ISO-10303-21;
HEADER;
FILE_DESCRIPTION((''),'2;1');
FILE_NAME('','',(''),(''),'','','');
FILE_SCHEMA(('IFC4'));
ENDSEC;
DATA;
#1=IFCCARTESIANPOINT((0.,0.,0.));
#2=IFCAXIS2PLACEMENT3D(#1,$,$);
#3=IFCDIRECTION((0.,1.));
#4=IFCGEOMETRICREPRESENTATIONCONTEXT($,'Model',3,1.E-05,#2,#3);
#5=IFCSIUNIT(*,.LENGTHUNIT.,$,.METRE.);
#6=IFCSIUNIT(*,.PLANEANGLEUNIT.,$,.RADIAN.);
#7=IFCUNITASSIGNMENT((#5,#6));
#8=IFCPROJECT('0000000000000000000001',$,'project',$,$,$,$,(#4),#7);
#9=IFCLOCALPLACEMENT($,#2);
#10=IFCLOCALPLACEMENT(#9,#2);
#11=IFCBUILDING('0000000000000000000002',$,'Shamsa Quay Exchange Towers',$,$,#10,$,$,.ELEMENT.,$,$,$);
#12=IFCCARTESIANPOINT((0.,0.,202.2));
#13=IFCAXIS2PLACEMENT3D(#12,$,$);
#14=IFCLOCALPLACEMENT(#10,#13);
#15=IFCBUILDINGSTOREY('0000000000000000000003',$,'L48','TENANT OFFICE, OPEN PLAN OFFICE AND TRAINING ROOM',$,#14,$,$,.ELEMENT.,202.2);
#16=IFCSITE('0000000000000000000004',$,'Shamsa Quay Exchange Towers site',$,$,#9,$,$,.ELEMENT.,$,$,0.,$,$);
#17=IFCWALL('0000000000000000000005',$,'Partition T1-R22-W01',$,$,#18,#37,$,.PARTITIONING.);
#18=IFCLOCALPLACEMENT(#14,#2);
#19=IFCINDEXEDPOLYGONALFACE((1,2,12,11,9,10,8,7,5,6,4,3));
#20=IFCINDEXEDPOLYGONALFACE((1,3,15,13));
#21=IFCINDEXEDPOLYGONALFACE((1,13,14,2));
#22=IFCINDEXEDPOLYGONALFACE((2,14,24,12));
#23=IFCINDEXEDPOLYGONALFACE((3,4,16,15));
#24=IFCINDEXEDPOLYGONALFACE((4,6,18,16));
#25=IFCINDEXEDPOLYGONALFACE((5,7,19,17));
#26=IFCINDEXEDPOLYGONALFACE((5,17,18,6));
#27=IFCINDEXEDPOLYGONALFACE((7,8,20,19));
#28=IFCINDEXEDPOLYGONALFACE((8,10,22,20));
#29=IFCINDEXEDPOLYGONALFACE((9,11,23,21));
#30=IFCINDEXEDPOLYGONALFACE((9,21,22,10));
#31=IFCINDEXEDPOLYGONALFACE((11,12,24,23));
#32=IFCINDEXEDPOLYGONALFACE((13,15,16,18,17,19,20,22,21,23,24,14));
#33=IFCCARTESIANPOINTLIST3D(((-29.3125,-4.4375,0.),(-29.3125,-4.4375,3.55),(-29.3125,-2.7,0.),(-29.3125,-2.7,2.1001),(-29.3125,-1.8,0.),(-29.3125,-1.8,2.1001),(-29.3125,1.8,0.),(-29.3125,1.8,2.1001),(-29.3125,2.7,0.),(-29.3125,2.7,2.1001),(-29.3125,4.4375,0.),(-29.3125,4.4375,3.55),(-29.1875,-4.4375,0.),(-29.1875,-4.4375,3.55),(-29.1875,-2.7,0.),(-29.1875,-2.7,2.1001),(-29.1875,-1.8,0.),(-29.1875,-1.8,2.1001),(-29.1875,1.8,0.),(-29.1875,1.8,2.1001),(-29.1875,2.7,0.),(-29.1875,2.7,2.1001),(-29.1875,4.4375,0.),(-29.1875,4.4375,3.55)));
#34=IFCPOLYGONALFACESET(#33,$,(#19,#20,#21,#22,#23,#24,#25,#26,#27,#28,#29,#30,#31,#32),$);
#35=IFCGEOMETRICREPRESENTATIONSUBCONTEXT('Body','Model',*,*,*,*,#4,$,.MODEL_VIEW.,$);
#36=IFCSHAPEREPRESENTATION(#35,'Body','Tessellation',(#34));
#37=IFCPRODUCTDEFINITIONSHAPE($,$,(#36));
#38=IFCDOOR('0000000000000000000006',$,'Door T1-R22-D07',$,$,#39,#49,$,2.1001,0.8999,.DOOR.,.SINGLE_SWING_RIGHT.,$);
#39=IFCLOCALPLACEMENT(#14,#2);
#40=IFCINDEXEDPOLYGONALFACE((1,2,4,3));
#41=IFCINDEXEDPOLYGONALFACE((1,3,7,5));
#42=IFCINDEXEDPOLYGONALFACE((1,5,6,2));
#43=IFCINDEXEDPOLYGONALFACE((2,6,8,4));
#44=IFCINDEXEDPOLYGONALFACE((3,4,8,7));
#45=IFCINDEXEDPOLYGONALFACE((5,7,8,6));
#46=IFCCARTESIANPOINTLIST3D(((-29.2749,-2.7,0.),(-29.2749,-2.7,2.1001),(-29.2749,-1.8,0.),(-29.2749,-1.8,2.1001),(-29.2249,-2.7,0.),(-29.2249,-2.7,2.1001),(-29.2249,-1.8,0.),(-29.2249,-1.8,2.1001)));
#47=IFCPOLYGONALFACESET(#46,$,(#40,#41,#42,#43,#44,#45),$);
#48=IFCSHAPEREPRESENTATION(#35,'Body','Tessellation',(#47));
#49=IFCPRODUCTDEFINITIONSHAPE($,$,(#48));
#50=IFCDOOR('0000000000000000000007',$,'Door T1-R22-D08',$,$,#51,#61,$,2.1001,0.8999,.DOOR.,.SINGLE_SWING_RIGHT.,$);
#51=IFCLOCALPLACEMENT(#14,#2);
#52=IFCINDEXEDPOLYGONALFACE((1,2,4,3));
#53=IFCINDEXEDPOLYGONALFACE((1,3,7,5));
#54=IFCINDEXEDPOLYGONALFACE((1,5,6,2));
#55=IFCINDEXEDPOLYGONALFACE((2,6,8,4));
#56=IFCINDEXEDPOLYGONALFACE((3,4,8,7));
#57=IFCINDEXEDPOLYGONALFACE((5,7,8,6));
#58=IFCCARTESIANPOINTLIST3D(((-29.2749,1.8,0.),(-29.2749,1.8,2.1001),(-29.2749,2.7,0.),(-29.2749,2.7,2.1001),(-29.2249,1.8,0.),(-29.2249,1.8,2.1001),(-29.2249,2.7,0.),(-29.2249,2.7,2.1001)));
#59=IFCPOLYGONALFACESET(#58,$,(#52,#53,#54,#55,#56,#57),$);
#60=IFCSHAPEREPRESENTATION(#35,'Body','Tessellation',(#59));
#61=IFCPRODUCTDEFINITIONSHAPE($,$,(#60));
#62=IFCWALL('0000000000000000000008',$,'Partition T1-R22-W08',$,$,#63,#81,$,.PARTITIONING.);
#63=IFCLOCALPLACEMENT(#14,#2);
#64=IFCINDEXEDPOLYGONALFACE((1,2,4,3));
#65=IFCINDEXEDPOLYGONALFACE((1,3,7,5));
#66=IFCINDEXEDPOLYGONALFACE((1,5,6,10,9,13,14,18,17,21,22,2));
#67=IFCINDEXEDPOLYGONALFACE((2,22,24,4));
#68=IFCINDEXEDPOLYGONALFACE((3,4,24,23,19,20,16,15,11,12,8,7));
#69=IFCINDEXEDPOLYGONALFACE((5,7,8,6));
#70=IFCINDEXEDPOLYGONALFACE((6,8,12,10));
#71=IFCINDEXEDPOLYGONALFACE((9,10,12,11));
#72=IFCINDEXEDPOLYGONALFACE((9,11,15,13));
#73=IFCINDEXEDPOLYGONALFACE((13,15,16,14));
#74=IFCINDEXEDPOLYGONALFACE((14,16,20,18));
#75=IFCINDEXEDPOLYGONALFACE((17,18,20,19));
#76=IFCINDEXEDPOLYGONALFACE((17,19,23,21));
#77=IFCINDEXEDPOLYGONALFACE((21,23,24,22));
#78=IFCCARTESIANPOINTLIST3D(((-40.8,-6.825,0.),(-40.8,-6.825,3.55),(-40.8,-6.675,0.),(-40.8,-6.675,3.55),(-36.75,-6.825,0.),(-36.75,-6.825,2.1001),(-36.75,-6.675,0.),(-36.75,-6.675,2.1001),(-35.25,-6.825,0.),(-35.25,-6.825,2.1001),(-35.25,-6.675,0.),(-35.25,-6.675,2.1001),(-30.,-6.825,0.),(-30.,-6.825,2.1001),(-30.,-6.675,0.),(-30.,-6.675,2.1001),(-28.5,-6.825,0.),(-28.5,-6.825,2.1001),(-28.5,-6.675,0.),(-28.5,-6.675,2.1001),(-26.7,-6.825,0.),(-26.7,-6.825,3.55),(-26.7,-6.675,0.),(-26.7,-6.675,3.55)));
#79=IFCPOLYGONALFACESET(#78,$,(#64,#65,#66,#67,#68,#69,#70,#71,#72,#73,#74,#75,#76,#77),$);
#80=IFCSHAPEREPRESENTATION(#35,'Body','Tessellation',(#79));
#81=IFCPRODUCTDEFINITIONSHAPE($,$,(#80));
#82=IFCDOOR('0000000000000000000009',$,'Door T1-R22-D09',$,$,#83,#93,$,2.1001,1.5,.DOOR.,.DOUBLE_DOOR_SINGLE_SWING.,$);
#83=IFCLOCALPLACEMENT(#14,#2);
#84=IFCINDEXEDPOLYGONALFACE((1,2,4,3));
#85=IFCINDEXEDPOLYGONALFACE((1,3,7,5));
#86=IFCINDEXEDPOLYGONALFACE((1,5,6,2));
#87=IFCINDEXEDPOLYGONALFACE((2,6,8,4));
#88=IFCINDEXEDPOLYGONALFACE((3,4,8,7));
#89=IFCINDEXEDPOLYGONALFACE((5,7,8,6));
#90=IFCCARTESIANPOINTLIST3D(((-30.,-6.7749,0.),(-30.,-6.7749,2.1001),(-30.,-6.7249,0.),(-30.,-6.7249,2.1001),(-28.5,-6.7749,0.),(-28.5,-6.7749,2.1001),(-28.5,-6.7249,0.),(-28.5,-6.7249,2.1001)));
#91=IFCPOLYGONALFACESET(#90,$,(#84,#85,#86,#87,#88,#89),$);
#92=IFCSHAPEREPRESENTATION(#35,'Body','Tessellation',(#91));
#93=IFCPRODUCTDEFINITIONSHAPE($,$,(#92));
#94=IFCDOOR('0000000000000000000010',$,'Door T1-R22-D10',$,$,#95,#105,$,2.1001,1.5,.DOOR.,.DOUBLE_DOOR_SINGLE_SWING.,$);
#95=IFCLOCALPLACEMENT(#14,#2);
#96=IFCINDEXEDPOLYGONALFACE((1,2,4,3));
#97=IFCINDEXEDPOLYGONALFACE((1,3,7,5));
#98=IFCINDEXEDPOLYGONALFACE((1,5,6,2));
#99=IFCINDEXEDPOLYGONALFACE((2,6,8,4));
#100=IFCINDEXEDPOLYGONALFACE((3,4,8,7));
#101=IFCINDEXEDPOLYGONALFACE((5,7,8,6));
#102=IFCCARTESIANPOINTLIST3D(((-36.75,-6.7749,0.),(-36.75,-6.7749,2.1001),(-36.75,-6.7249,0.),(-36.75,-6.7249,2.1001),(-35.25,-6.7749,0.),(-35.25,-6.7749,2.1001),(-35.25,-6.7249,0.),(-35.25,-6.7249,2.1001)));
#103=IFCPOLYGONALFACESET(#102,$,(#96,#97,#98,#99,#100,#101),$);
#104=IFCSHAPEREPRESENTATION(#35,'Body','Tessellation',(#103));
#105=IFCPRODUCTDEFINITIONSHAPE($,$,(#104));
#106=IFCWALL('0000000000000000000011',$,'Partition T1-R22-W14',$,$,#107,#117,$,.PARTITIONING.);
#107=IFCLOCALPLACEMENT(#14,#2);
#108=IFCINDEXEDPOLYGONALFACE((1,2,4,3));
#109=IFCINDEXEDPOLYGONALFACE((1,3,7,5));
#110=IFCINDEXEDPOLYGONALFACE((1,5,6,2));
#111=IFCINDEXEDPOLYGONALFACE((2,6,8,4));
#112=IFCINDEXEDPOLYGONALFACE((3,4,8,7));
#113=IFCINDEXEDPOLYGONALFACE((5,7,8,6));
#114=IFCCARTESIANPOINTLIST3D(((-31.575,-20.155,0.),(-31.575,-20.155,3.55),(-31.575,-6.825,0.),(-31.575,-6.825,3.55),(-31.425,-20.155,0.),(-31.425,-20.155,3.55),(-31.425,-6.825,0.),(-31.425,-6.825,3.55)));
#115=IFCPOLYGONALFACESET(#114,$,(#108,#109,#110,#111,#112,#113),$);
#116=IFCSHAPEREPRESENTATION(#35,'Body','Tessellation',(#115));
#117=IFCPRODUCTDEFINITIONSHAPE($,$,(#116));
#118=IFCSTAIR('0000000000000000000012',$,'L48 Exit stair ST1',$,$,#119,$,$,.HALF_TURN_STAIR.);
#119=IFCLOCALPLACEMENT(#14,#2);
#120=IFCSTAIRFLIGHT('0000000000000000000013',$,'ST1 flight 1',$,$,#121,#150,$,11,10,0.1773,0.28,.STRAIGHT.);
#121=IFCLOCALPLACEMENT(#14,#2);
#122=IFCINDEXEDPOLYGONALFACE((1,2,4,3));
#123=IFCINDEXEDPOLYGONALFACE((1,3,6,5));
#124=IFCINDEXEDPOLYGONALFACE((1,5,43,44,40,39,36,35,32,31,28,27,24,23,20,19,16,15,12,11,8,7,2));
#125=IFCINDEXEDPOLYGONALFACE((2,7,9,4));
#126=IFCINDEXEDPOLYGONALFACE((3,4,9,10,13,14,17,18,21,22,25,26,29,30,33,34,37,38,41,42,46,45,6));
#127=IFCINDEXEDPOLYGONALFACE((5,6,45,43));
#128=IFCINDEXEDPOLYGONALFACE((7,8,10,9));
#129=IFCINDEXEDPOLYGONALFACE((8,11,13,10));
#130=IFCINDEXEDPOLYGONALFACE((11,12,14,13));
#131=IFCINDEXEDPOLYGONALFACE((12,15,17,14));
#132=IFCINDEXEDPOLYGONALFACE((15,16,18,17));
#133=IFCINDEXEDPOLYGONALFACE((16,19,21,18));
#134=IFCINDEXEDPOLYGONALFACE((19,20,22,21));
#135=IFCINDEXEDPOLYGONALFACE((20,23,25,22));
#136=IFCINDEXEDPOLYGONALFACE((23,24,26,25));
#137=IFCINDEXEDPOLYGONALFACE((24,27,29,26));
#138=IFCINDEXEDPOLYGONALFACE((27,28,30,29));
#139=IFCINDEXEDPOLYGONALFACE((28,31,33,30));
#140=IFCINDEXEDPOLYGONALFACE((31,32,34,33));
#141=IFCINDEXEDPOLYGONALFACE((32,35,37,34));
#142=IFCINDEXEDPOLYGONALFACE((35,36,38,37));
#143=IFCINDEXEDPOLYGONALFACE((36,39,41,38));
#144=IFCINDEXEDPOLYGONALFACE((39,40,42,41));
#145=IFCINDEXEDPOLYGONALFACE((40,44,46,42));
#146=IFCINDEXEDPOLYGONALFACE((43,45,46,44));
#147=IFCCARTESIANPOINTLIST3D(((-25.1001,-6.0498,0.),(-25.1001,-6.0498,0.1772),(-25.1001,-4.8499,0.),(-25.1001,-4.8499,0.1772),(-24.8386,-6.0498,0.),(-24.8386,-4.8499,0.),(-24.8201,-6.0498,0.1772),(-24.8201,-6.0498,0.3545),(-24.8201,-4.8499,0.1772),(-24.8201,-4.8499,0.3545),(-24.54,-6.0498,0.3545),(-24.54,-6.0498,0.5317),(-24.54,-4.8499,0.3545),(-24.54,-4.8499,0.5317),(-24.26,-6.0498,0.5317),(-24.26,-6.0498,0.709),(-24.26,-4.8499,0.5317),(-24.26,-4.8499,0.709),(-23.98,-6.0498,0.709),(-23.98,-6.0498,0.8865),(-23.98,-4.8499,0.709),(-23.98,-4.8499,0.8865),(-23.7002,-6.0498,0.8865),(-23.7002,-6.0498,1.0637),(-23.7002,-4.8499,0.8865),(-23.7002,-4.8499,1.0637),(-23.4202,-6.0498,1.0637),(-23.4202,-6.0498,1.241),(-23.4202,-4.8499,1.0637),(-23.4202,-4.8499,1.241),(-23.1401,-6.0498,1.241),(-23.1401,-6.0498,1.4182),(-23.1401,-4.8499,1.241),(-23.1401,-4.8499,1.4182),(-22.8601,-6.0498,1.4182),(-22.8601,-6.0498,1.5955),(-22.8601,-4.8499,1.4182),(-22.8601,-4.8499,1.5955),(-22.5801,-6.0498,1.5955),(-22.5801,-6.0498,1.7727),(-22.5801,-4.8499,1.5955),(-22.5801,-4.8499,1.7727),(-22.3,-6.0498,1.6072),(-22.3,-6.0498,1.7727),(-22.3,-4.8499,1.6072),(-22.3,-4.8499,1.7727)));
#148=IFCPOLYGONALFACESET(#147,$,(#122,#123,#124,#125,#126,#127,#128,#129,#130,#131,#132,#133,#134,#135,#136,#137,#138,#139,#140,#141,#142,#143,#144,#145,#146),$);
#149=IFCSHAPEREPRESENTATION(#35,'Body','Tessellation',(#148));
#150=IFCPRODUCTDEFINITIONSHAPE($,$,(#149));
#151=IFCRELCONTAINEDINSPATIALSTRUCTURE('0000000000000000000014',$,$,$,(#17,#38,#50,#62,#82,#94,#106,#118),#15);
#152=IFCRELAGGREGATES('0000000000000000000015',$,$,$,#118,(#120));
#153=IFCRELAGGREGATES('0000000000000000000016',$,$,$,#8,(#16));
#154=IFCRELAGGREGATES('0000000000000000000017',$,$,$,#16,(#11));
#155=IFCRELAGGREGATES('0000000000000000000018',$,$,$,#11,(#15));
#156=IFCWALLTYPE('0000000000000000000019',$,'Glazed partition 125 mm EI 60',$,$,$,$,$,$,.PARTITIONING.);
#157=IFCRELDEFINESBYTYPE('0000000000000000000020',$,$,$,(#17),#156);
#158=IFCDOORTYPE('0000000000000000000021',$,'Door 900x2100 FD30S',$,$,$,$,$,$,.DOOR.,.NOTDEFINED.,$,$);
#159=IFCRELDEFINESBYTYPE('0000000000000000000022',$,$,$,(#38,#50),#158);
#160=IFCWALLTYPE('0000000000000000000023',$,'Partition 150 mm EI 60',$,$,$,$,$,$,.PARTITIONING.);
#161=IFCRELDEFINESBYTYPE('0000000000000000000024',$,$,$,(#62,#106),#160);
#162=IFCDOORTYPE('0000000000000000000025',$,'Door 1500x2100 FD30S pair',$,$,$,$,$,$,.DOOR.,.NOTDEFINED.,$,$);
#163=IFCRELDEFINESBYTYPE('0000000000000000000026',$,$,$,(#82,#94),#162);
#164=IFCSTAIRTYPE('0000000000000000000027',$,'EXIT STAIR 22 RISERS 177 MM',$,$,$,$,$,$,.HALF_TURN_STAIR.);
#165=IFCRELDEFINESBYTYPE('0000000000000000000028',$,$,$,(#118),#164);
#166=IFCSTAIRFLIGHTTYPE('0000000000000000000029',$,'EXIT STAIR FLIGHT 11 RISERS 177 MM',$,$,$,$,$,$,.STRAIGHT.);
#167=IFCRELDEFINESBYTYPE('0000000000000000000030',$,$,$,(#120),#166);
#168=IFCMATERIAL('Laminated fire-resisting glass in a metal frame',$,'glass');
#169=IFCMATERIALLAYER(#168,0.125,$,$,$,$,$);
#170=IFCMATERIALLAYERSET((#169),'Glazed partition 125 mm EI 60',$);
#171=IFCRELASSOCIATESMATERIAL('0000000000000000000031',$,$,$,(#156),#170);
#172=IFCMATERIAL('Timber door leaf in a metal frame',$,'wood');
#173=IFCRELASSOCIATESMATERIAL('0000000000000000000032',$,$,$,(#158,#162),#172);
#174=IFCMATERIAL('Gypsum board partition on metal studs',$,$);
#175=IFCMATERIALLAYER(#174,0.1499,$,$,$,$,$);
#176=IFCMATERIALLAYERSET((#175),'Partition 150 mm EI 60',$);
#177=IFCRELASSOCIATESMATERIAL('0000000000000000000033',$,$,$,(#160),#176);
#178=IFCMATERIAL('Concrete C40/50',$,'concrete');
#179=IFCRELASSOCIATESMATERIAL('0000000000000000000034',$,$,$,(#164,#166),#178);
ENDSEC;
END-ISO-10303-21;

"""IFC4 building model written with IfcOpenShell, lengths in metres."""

from ifc_helpers import new_model, si_unit, direction, frame, frame_2d, origin, place, context, subcontext, project, spatial, polyline, rectangle, outline, extrude, material, layer, layer_set, type_object, element, fill, aggregate, save


model = new_model("IFC4")

# Units and contexts
model_context = context("Model", 3, precision=1e-05, world=origin(), true_north=direction((0.0, 1.0)))
body_context = subcontext(model_context, "Body", "Model", "MODEL_VIEW")
ifc_project = project(units=[si_unit("LENGTHUNIT", "METRE"), si_unit("PLANEANGLEUNIT", "RADIAN")], contexts=[model_context])

# Site, building, storey
site_placement = place(None, origin())
site = spatial("IfcSite", under=ifc_project, at=site_placement, Name="Shamsa Quay Exchange Towers site", CompositionType="ELEMENT", RefElevation=0.0)
building_placement = place(site_placement, origin())
building = spatial("IfcBuilding", under=site, at=building_placement, Name="Shamsa Quay Exchange Towers", CompositionType="ELEMENT")
storey_placement = place(building_placement, frame((0.0, 0.0, 202.2)))
storey = spatial("IfcBuildingStorey", under=building, at=storey_placement, Name="L48", Description="TENANT OFFICE, OPEN PLAN OFFICE AND TRAINING ROOM", CompositionType="ELEMENT", Elevation=202.2)

# Walls, openings, doors
ifc_material_1 = material(Name="Laminated fire-resisting glass in a metal frame", Category="glass")
ifc_layer_1 = layer(ifc_material_1, 0.125)
ifc_layer_set_1 = layer_set([ifc_layer_1], Name="Glazed partition 125 mm EI 60")
wall_type_1 = type_object("IfcWallType", Name="Glazed partition 125 mm EI 60", PredefinedType="PARTITIONING", material=ifc_layer_set_1)
wall_1_placement = place(storey_placement, frame((-29.25, -4.4375, 0.0), z_axis=(0.0, 0.0, 1.0), x_axis=(0.0, 1.0, 0.0)))
wall_1 = element("IfcWall", 1, at=wall_1_placement, inside=storey, type_object=wall_type_1, Name="Partition T1-R22-W01", PredefinedType="PARTITIONING", context=body_context, shape_type="SweptSolid", body=[
    extrude(rectangle(XDim=8.875, YDim=0.125, at=frame_2d((4.4375, 0.0))), origin(), (0.0, 0.0, 1.0), 3.55),
])
opening_1_placement = place(wall_1_placement, frame((1.7375, 0.0, 0.0)))
opening_1 = element("IfcOpeningElement", 2, at=opening_1_placement, cuts=wall_1, PredefinedType="OPENING", context=body_context, shape_type="SweptSolid", body=[
    extrude(rectangle(XDim=0.8999, YDim=2.1001, at=frame_2d((0.45, 1.05))), frame((0.0, 0.0725, 0.0), z_axis=(0.0, -1.0, 0.0), x_axis=(1.0, 0.0, 0.0)), (0.0, 0.0, 1.0), 0.145),
])
opening_2_placement = place(wall_1_placement, frame((6.2375, 0.0, 0.0)))
opening_2 = element("IfcOpeningElement", 3, at=opening_2_placement, cuts=wall_1, PredefinedType="OPENING", context=body_context, shape_type="SweptSolid", body=[
    extrude(rectangle(XDim=0.8999, YDim=2.1001, at=frame_2d((0.45, 1.05))), frame((0.0, 0.0725, 0.0), z_axis=(0.0, -1.0, 0.0), x_axis=(1.0, 0.0, 0.0)), (0.0, 0.0, 1.0), 0.145),
])
ifc_material_2 = material(Name="Timber door leaf in a metal frame", Category="wood")
door_type_1 = type_object("IfcDoorType", Name="Door 900x2100 FD30S", OperationType="NOTDEFINED", PredefinedType="DOOR", material=ifc_material_2)
door_1_placement = place(opening_1_placement, origin())
door_1 = element("IfcDoor", 4, at=door_1_placement, inside=storey, type_object=door_type_1, Name="Door T1-R22-D07", OperationType="SINGLE_SWING_RIGHT", OverallHeight=2.1001, OverallWidth=0.8999, PredefinedType="DOOR", context=body_context, shape_type="SweptSolid", body=[
    extrude(rectangle(XDim=0.8999, YDim=2.1001, at=frame_2d((0.45, 1.05))), frame((0.0, 0.0249, 0.0), z_axis=(0.0, -1.0, 0.0), x_axis=(1.0, 0.0, 0.0)), (0.0, 0.0, 1.0), 0.05),
])
fill(opening_1, door_1)
door_2_placement = place(opening_2_placement, origin())
door_2 = element("IfcDoor", 5, at=door_2_placement, inside=storey, type_object=door_type_1, Name="Door T1-R22-D08", OperationType="SINGLE_SWING_RIGHT", OverallHeight=2.1001, OverallWidth=0.8999, PredefinedType="DOOR", context=body_context, shape_type="SweptSolid", body=[
    extrude(rectangle(XDim=0.8999, YDim=2.1001, at=frame_2d((0.45, 1.05))), frame((0.0, 0.0249, 0.0), z_axis=(0.0, -1.0, 0.0), x_axis=(1.0, 0.0, 0.0)), (0.0, 0.0, 1.0), 0.05),
])
fill(opening_2, door_2)
ifc_material_3 = material(Name="Gypsum board partition on metal studs")
ifc_layer_2 = layer(ifc_material_3, 0.1499)
ifc_layer_set_2 = layer_set([ifc_layer_2], Name="Partition 150 mm EI 60")
wall_type_2 = type_object("IfcWallType", Name="Partition 150 mm EI 60", PredefinedType="PARTITIONING", material=ifc_layer_set_2)
wall_2_placement = place(storey_placement, frame((-26.7, -6.75, 0.0), z_axis=(0.0, 0.0, 1.0), x_axis=(-1.0, 0.0, 0.0)))
wall_2 = element("IfcWall", 6, at=wall_2_placement, inside=storey, type_object=wall_type_2, Name="Partition T1-R22-W08", PredefinedType="PARTITIONING", context=body_context, shape_type="SweptSolid", body=[
    extrude(rectangle(XDim=14.1001, YDim=0.1499, at=frame_2d((7.05, 0.0))), origin(), (0.0, 0.0, 1.0), 3.55),
])
opening_3_placement = place(wall_2_placement, frame((1.8, 0.0, 0.0)))
opening_3 = element("IfcOpeningElement", 7, at=opening_3_placement, cuts=wall_2, PredefinedType="OPENING", context=body_context, shape_type="SweptSolid", body=[
    extrude(rectangle(XDim=1.5, YDim=2.1001, at=frame_2d((0.75, 1.05))), frame((0.0, 0.085, 0.0), z_axis=(0.0, -1.0, 0.0), x_axis=(1.0, 0.0, 0.0)), (0.0, 0.0, 1.0), 0.1699),
])
opening_4_placement = place(wall_2_placement, frame((8.55, 0.0, 0.0)))
opening_4 = element("IfcOpeningElement", 8, at=opening_4_placement, cuts=wall_2, PredefinedType="OPENING", context=body_context, shape_type="SweptSolid", body=[
    extrude(rectangle(XDim=1.5, YDim=2.1001, at=frame_2d((0.75, 1.05))), frame((0.0, 0.085, 0.0), z_axis=(0.0, -1.0, 0.0), x_axis=(1.0, 0.0, 0.0)), (0.0, 0.0, 1.0), 0.1699),
])
door_type_2 = type_object("IfcDoorType", Name="Door 1500x2100 FD30S pair", OperationType="NOTDEFINED", PredefinedType="DOOR", material=ifc_material_2)
door_3_placement = place(opening_3_placement, origin())
door_3 = element("IfcDoor", 9, at=door_3_placement, inside=storey, type_object=door_type_2, Name="Door T1-R22-D09", OperationType="DOUBLE_DOOR_SINGLE_SWING", OverallHeight=2.1001, OverallWidth=1.5, PredefinedType="DOOR", context=body_context, shape_type="SweptSolid", body=[
    extrude(rectangle(XDim=1.5, YDim=2.1001, at=frame_2d((0.75, 1.05))), frame((0.0, 0.0249, 0.0), z_axis=(0.0, -1.0, 0.0), x_axis=(1.0, 0.0, 0.0)), (0.0, 0.0, 1.0), 0.05),
])
fill(opening_3, door_3)
door_4_placement = place(opening_4_placement, origin())
door_4 = element("IfcDoor", 10, at=door_4_placement, inside=storey, type_object=door_type_2, Name="Door T1-R22-D10", OperationType="DOUBLE_DOOR_SINGLE_SWING", OverallHeight=2.1001, OverallWidth=1.5, PredefinedType="DOOR", context=body_context, shape_type="SweptSolid", body=[
    extrude(rectangle(XDim=1.5, YDim=2.1001, at=frame_2d((0.75, 1.05))), frame((0.0, 0.0249, 0.0), z_axis=(0.0, -1.0, 0.0), x_axis=(1.0, 0.0, 0.0)), (0.0, 0.0, 1.0), 0.05),
])
fill(opening_4, door_4)

# Wall
wall_3_placement = place(storey_placement, frame((-31.5, -20.155, 0.0), z_axis=(0.0, 0.0, 1.0), x_axis=(0.0, 1.0, 0.0)))
element("IfcWall", 11, at=wall_3_placement, inside=storey, type_object=wall_type_2, Name="Partition T1-R22-W14", PredefinedType="PARTITIONING", context=body_context, shape_type="SweptSolid", body=[
    extrude(rectangle(XDim=13.3301, YDim=0.1499, at=frame_2d((6.665, 0.0))), origin(), (0.0, 0.0, 1.0), 3.55),
])

# Stair, stair flight
ifc_material_4 = material(Name="Concrete C40/50", Category="concrete")
stair_type = type_object("IfcStairType", Name="EXIT STAIR 22 RISERS 177 MM", PredefinedType="HALF_TURN_STAIR", material=ifc_material_4)
stair_placement = place(storey_placement, origin())
stair = element("IfcStair", 12, at=stair_placement, inside=storey, type_object=stair_type, Name="L48 Exit stair ST1", PredefinedType="HALF_TURN_STAIR")
stair_flight_type = type_object("IfcStairFlightType", Name="EXIT STAIR FLIGHT 11 RISERS 177 MM", PredefinedType="STRAIGHT", material=ifc_material_4)
stair_flight_placement = place(storey_placement, frame((-25.1001, -5.45, 0.0)))
stair_flight = element("IfcStairFlight", 13, at=stair_flight_placement, type_object=stair_flight_type, Name="ST1 flight 1", NumberOfRisers=11, NumberOfTreads=10, PredefinedType="STRAIGHT", RiserHeight=0.1773, TreadLength=0.28, context=body_context, shape_type="SweptSolid", body=[
    extrude(outline(polyline([(0.0, 0.0), (0.0, 0.1772), (0.28, 0.1772), (0.28, 0.3545), (0.5601, 0.3545), (0.5601, 0.5317), (0.8401, 0.5317), (0.8401, 0.709), (1.1201, 0.709), (1.1201, 0.8865), (1.3999, 0.8865), (1.3999, 1.0637), (1.6799, 1.0637), (1.6799, 1.241), (1.96, 1.241), (1.96, 1.4182), (2.24, 1.4182), (2.24, 1.5955), (2.52, 1.5955), (2.52, 1.7727), (2.8, 1.7727), (2.8, 1.95), (2.8, 1.6072), (0.2615, 0.0), (0.0, 0.0)])), frame((0.0, 0.6001, 0.0), z_axis=(0.0, -1.0, 0.0), x_axis=(1.0, 0.0, 0.0)), (0.0, 0.0, 1.0), 1.2),
])
aggregate(stair, [stair_flight])

save(model, "model.ifc")
